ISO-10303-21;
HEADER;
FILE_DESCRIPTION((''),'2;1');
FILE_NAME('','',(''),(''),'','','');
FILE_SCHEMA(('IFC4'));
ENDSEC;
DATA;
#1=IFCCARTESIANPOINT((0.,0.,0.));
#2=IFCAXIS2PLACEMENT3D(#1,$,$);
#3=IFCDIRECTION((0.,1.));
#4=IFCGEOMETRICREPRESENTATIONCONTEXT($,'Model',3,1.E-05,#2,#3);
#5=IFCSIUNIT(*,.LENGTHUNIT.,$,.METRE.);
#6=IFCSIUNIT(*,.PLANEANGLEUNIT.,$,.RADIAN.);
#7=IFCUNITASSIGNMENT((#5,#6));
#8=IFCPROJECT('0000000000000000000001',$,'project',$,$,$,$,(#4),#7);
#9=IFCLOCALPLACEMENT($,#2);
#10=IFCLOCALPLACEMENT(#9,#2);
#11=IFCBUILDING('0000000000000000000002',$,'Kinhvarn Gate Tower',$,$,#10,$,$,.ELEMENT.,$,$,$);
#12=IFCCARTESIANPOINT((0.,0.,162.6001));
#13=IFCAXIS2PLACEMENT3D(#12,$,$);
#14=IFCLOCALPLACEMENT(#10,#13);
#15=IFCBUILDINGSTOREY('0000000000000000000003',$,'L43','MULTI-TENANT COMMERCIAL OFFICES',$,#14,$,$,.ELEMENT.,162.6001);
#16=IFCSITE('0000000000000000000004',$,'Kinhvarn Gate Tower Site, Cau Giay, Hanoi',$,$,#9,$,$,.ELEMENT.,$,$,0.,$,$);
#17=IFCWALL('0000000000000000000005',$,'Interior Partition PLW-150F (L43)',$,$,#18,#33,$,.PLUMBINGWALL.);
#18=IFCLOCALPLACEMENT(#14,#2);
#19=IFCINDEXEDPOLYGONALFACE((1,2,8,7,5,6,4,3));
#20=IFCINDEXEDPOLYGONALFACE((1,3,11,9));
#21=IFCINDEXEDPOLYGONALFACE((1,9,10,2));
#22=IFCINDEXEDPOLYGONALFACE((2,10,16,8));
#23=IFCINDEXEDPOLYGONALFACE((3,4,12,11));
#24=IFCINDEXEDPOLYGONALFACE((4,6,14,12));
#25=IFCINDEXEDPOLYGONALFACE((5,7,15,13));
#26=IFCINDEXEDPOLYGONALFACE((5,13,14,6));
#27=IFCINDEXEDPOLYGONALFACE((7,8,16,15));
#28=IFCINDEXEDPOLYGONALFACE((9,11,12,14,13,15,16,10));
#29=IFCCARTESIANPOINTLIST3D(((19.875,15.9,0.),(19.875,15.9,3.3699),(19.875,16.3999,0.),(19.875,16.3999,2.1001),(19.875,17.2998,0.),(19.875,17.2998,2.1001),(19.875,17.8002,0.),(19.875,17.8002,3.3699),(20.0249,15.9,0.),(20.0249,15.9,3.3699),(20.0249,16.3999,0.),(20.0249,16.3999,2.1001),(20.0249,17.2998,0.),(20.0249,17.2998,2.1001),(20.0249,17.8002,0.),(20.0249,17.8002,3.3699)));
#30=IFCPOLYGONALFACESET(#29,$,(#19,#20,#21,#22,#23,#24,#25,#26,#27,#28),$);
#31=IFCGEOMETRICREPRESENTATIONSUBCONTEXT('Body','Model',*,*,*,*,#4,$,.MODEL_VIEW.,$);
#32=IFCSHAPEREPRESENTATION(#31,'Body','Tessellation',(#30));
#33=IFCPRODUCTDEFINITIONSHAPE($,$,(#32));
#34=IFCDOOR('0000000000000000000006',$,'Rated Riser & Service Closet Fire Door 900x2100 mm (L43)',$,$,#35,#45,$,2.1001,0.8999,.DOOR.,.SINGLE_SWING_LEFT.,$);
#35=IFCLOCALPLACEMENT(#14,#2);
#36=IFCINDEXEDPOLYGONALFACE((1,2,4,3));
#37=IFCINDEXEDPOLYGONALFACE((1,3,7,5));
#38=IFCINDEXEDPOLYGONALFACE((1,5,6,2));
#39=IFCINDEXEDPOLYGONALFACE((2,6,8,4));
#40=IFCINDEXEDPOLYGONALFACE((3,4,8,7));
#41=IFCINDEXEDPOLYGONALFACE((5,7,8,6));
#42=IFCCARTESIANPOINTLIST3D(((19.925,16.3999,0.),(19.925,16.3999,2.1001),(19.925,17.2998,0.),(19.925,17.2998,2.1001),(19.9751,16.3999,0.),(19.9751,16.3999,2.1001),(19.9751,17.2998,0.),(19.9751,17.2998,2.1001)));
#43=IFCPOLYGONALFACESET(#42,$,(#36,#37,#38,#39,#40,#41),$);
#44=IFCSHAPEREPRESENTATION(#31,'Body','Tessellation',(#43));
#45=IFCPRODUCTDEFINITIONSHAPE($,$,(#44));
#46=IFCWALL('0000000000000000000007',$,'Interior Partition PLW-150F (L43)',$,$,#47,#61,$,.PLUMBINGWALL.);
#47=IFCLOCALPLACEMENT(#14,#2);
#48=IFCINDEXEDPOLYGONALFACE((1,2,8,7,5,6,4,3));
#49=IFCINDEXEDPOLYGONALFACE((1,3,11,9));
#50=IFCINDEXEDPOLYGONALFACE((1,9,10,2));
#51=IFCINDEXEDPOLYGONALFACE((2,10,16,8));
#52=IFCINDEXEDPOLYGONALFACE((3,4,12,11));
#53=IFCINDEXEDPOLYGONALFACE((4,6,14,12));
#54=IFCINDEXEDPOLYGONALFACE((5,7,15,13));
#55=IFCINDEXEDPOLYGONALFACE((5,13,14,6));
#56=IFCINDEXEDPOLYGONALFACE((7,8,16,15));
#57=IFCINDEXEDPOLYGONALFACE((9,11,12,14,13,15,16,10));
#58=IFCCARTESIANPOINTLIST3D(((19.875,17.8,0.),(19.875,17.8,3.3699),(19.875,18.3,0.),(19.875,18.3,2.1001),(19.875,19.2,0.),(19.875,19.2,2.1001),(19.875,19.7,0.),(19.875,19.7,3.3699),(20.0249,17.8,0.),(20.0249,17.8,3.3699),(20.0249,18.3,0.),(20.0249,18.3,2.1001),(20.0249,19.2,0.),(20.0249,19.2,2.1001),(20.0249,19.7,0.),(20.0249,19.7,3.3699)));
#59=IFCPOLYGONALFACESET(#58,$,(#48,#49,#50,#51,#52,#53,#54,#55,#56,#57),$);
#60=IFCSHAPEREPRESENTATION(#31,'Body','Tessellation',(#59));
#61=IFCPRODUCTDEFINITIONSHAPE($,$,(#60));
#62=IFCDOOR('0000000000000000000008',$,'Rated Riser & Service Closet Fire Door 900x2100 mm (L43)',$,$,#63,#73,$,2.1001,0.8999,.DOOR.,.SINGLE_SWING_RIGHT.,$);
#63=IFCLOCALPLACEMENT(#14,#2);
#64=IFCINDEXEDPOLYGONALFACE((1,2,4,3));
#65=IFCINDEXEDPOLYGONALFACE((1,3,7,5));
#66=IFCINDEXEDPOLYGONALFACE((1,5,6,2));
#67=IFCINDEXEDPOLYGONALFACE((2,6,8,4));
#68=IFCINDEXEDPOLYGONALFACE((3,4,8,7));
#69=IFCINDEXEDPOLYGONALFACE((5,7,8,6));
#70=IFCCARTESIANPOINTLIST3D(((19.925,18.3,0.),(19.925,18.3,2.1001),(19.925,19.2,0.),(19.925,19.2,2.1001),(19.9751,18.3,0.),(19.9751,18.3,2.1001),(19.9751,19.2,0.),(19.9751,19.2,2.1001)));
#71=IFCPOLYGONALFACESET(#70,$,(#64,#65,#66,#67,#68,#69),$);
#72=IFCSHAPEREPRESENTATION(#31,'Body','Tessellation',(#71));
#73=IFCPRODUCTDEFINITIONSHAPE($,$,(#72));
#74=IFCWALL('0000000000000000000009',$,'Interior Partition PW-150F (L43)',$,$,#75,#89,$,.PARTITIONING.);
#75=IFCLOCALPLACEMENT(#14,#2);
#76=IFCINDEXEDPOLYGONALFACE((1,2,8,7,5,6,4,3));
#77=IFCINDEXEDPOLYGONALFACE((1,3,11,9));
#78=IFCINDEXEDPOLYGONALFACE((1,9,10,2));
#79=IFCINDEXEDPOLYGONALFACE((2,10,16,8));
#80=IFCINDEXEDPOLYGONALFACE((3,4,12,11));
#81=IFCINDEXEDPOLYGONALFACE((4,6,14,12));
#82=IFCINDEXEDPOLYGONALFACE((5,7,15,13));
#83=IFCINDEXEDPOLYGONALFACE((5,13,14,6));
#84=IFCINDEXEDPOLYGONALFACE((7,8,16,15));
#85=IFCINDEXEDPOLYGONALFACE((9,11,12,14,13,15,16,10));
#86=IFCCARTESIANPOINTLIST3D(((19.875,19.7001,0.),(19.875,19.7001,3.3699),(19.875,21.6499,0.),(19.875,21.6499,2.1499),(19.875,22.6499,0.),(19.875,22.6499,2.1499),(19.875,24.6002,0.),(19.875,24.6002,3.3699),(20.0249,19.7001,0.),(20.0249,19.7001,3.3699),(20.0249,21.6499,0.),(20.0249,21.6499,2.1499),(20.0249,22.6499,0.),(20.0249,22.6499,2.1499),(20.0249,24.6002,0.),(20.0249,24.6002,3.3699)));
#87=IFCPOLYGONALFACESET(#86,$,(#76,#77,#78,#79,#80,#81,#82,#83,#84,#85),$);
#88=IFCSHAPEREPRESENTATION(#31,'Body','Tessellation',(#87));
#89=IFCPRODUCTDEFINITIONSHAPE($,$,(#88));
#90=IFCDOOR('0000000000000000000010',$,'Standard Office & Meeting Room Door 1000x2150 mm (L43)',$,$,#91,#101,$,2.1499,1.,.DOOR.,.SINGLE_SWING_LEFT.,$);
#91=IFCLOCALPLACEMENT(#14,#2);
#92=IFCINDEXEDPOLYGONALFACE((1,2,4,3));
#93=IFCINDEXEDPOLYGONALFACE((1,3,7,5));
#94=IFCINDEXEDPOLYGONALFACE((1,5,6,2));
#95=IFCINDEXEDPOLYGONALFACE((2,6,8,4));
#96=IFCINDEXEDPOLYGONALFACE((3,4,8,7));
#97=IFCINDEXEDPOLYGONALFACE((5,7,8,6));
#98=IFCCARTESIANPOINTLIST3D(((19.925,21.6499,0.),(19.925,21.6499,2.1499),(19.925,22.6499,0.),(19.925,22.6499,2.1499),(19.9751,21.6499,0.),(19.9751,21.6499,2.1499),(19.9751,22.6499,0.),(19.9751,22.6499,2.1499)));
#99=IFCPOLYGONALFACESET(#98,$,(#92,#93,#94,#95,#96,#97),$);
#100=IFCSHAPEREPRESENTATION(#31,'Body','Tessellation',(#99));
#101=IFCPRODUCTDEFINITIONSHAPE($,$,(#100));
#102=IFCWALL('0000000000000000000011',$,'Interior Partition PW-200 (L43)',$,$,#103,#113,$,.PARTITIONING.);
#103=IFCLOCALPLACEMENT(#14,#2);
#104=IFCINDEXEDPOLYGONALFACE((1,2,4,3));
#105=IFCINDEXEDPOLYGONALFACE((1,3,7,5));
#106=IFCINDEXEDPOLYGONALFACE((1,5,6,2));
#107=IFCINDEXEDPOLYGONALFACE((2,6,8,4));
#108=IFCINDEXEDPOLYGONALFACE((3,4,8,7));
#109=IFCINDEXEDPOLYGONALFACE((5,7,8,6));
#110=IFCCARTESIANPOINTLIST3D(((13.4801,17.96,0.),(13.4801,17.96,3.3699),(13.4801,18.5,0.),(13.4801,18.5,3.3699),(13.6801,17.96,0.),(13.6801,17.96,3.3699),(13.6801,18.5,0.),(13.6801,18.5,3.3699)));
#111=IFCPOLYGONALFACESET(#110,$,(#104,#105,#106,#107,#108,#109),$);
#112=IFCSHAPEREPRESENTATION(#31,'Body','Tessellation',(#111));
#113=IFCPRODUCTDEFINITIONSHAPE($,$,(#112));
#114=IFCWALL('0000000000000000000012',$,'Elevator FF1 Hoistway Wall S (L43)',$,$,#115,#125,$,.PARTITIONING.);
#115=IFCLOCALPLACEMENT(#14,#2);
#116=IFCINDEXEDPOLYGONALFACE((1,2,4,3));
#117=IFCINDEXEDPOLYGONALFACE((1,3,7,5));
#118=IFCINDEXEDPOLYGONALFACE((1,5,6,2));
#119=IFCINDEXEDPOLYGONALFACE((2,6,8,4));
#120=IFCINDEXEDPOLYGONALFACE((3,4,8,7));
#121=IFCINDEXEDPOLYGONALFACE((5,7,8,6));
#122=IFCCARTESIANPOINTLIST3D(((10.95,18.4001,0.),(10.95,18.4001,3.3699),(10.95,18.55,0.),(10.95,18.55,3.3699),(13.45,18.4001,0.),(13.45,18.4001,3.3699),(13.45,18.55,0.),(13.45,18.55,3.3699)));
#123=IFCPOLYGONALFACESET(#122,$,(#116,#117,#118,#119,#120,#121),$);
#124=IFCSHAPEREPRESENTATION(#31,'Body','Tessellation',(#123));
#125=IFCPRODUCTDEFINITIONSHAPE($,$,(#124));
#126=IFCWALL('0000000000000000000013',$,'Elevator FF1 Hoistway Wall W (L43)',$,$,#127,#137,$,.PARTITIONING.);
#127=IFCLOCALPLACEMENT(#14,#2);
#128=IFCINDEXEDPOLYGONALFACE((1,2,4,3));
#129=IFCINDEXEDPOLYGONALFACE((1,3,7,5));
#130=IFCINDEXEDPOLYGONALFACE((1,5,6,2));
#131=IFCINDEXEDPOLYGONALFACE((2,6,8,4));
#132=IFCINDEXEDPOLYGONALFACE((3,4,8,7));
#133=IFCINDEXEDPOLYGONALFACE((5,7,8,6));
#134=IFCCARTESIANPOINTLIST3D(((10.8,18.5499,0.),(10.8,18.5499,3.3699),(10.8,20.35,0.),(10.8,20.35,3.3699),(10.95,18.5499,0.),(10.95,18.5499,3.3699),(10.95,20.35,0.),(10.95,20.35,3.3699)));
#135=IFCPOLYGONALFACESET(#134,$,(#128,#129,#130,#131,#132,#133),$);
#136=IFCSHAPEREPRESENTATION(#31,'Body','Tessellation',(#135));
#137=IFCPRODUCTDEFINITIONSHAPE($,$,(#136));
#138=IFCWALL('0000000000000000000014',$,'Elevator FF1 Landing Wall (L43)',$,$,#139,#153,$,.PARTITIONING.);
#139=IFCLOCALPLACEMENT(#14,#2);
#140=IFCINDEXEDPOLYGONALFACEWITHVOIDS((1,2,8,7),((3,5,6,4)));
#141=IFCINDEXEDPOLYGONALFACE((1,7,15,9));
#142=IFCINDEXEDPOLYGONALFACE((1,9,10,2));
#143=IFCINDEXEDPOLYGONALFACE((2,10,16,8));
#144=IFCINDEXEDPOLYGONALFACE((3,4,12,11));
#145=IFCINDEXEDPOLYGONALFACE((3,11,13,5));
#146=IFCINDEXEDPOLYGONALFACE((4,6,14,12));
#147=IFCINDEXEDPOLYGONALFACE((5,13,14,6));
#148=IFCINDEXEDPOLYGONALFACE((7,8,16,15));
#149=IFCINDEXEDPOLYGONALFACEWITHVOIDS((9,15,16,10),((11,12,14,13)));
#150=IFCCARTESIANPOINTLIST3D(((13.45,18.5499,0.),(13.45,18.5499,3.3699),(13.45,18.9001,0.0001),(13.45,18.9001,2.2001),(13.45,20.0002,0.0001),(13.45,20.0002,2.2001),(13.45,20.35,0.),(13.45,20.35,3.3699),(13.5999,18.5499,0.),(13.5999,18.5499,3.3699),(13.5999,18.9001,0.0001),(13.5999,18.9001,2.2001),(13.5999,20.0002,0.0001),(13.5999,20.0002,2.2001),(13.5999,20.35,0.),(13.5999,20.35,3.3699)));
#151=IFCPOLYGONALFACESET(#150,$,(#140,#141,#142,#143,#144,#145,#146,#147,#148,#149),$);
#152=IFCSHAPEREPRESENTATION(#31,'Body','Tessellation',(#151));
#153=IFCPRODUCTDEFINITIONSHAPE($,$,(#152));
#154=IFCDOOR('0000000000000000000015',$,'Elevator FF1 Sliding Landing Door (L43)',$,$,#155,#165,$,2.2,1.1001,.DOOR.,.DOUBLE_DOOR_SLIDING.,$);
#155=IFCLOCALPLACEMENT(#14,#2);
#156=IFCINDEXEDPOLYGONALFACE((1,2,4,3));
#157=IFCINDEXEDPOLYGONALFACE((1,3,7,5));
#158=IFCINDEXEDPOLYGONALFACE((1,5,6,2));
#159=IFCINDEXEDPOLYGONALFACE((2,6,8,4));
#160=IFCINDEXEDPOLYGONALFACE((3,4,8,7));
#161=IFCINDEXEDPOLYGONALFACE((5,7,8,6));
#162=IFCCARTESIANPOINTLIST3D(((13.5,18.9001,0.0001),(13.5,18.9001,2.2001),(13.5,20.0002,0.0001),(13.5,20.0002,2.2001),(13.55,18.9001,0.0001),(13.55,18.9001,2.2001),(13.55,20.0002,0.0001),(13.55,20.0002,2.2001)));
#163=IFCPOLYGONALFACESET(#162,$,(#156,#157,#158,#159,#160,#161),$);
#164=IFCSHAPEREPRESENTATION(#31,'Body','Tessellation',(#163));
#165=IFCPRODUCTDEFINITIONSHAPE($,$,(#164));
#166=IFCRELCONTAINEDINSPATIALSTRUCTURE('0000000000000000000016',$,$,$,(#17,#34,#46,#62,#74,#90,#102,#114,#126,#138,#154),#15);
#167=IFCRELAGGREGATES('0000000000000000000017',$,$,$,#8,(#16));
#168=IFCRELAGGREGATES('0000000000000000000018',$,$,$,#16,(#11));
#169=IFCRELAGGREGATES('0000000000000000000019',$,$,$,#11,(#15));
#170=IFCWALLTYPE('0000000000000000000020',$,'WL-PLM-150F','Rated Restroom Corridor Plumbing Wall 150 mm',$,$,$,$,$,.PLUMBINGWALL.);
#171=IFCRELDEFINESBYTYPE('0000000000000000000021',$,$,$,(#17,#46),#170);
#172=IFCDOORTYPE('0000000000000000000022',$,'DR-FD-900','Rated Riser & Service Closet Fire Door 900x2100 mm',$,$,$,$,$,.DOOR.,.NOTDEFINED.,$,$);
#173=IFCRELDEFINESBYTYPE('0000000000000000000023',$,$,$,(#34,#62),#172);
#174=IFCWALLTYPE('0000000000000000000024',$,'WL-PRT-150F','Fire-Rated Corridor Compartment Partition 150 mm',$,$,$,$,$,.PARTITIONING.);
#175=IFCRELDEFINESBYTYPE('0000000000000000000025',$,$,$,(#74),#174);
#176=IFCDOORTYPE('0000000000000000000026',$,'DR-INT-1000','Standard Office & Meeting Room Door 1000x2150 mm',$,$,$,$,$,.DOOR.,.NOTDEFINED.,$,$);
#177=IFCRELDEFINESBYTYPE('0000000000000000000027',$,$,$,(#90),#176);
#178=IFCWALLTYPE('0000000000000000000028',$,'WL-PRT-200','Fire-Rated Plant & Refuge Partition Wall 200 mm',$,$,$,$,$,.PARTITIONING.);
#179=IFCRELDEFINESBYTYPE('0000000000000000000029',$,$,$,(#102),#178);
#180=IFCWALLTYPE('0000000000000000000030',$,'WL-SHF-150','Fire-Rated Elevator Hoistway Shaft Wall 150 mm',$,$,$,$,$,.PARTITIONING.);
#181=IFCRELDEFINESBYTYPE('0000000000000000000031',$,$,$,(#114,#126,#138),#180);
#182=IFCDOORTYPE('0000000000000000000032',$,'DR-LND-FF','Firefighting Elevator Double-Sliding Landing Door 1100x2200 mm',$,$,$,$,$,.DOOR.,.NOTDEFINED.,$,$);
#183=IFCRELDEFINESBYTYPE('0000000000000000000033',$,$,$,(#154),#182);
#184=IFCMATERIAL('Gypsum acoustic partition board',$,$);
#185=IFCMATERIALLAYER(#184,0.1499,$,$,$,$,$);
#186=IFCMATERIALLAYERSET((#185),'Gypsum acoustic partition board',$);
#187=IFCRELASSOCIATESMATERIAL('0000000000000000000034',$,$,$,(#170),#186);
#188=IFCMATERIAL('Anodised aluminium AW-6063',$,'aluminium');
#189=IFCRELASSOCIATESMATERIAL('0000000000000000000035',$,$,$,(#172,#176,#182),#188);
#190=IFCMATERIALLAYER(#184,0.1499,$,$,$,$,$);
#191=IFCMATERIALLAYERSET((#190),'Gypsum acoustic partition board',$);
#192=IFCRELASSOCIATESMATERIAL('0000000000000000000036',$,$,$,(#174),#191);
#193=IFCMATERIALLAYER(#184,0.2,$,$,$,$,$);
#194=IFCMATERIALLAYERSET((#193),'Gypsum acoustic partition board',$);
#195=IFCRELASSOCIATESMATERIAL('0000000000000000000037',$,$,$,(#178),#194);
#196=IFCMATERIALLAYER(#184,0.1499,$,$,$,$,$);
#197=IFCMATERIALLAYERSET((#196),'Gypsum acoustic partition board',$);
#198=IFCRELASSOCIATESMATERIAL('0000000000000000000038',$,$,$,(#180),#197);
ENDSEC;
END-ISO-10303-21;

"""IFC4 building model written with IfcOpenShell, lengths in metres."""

from ifc_helpers import new_model, si_unit, direction, frame, frame_2d, origin, place, context, subcontext, project, spatial, rectangle, extrude, material, layer, layer_set, type_object, element, fill, save


model = new_model("IFC4")

# Units and contexts
model_context = context("Model", 3, precision=1e-05, world=origin(), true_north=direction((0.0, 1.0)))
body_context = subcontext(model_context, "Body", "Model", "MODEL_VIEW")
ifc_project = project(units=[si_unit("LENGTHUNIT", "METRE"), si_unit("PLANEANGLEUNIT", "RADIAN")], contexts=[model_context])

# Site, building, storey
site_placement = place(None, origin())
site = spatial("IfcSite", under=ifc_project, at=site_placement, Name="Kinhvarn Gate Tower Site, Cau Giay, Hanoi", CompositionType="ELEMENT", RefElevation=0.0)
building_placement = place(site_placement, origin())
building = spatial("IfcBuilding", under=site, at=building_placement, Name="Kinhvarn Gate Tower", CompositionType="ELEMENT")
storey_placement = place(building_placement, frame((0.0, 0.0, 162.6001)))
storey = spatial("IfcBuildingStorey", under=building, at=storey_placement, Name="L43", Description="MULTI-TENANT COMMERCIAL OFFICES", CompositionType="ELEMENT", Elevation=162.6001)

# Shared definitions
ifc_material_1 = material(Name="Anodised aluminium AW-6063", Category="aluminium")

# Shared definitions
ifc_material_2 = material(Name="Gypsum acoustic partition board")

# Walls, openings, doors
ifc_layer_1 = layer(ifc_material_2, 0.1499)
ifc_layer_set_1 = layer_set([ifc_layer_1], Name="Gypsum acoustic partition board")
wall_type_1 = type_object("IfcWallType", Name="WL-PLM-150F", Description="Rated Restroom Corridor Plumbing Wall 150 mm", PredefinedType="PLUMBINGWALL", material=ifc_layer_set_1)
wall_1_placement = place(storey_placement, frame((19.95, 15.8999, 0.0), z_axis=(0.0, 0.0, 1.0), x_axis=(0.0, 1.0, 0.0)))
wall_1 = element("IfcWall", 1, at=wall_1_placement, inside=storey, type_object=wall_type_1, Name="Interior Partition PLW-150F (L43)", PredefinedType="PLUMBINGWALL", context=body_context, shape_type="SweptSolid", body=[
    extrude(rectangle(XDim=1.9001, YDim=0.1499, at=frame_2d((0.9502, 0.0))), origin(), (0.0, 0.0, 1.0), 3.3699),
])
opening_1_placement = place(wall_1_placement, frame((0.5, 0.0, 0.0)))
opening_1 = element("IfcOpeningElement", 2, at=opening_1_placement, cuts=wall_1, PredefinedType="OPENING", context=body_context, shape_type="SweptSolid", body=[
    extrude(rectangle(XDim=0.8999, YDim=2.1001, at=frame_2d((0.45, 1.05))), frame((0.0, 0.085, 0.0), z_axis=(0.0, -1.0, 0.0), x_axis=(1.0, 0.0, 0.0)), (0.0, 0.0, 1.0), 0.1699),
])
door_type_1 = type_object("IfcDoorType", Name="DR-FD-900", Description="Rated Riser & Service Closet Fire Door 900x2100 mm", OperationType="NOTDEFINED", PredefinedType="DOOR", material=ifc_material_1)
door_1_placement = place(opening_1_placement, origin())
door_1 = element("IfcDoor", 3, at=door_1_placement, inside=storey, type_object=door_type_1, Name="Rated Riser & Service Closet Fire Door 900x2100 mm (L43)", OperationType="SINGLE_SWING_LEFT", OverallHeight=2.1001, OverallWidth=0.8999, PredefinedType="DOOR", context=body_context, shape_type="SweptSolid", body=[
    extrude(rectangle(XDim=0.8999, YDim=2.1001, at=frame_2d((0.45, 1.05))), frame((0.0, 0.0249, 0.0), z_axis=(0.0, -1.0, 0.0), x_axis=(1.0, 0.0, 0.0)), (0.0, 0.0, 1.0), 0.05),
])
fill(opening_1, door_1)
wall_2_placement = place(storey_placement, frame((19.95, 17.8, 0.0), z_axis=(0.0, 0.0, 1.0), x_axis=(0.0, 1.0, 0.0)))
wall_2 = element("IfcWall", 4, at=wall_2_placement, inside=storey, type_object=wall_type_1, Name="Interior Partition PLW-150F (L43)", PredefinedType="PLUMBINGWALL", context=body_context, shape_type="SweptSolid", body=[
    extrude(rectangle(XDim=1.8999, YDim=0.1499, at=frame_2d((0.95, 0.0))), origin(), (0.0, 0.0, 1.0), 3.3699),
])
opening_2_placement = place(wall_2_placement, frame((0.5, 0.0, 0.0)))
opening_2 = element("IfcOpeningElement", 5, at=opening_2_placement, cuts=wall_2, PredefinedType="OPENING", context=body_context, shape_type="SweptSolid", body=[
    extrude(rectangle(XDim=0.8999, YDim=2.1001, at=frame_2d((0.45, 1.05))), frame((0.0, 0.085, 0.0), z_axis=(0.0, -1.0, 0.0), x_axis=(1.0, 0.0, 0.0)), (0.0, 0.0, 1.0), 0.1699),
])
door_2_placement = place(opening_2_placement, origin())
door_2 = element("IfcDoor", 6, at=door_2_placement, inside=storey, type_object=door_type_1, Name="Rated Riser & Service Closet Fire Door 900x2100 mm (L43)", OperationType="SINGLE_SWING_RIGHT", OverallHeight=2.1001, OverallWidth=0.8999, PredefinedType="DOOR", context=body_context, shape_type="SweptSolid", body=[
    extrude(rectangle(XDim=0.8999, YDim=2.1001, at=frame_2d((0.45, 1.05))), frame((0.0, 0.0249, 0.0), z_axis=(0.0, -1.0, 0.0), x_axis=(1.0, 0.0, 0.0)), (0.0, 0.0, 1.0), 0.05),
])
fill(opening_2, door_2)
ifc_layer_2 = layer(ifc_material_2, 0.1499)
ifc_layer_set_2 = layer_set([ifc_layer_2], Name="Gypsum acoustic partition board")
wall_type_2 = type_object("IfcWallType", Name="WL-PRT-150F", Description="Fire-Rated Corridor Compartment Partition 150 mm", PredefinedType="PARTITIONING", material=ifc_layer_set_2)
wall_3_placement = place(storey_placement, frame((19.95, 19.7, 0.0), z_axis=(0.0, 0.0, 1.0), x_axis=(0.0, 1.0, 0.0)))
wall_3 = element("IfcWall", 7, at=wall_3_placement, inside=storey, type_object=wall_type_2, Name="Interior Partition PW-150F (L43)", PredefinedType="PARTITIONING", context=body_context, shape_type="SweptSolid", body=[
    extrude(rectangle(XDim=4.9001, YDim=0.1499, at=frame_2d((2.4502, 0.0))), origin(), (0.0, 0.0, 1.0), 3.3699),
])
opening_3_placement = place(wall_3_placement, frame((1.95, 0.0, 0.0)))
opening_3 = element("IfcOpeningElement", 8, at=opening_3_placement, cuts=wall_3, PredefinedType="OPENING", context=body_context, shape_type="SweptSolid", body=[
    extrude(rectangle(XDim=1.0, YDim=2.1499, at=frame_2d((0.5, 1.075))), frame((0.0, 0.085, 0.0), z_axis=(0.0, -1.0, 0.0), x_axis=(1.0, 0.0, 0.0)), (0.0, 0.0, 1.0), 0.1699),
])
door_type_2 = type_object("IfcDoorType", Name="DR-INT-1000", Description="Standard Office & Meeting Room Door 1000x2150 mm", OperationType="NOTDEFINED", PredefinedType="DOOR", material=ifc_material_1)
door_3_placement = place(opening_3_placement, origin())
door_3 = element("IfcDoor", 9, at=door_3_placement, inside=storey, type_object=door_type_2, Name="Standard Office & Meeting Room Door 1000x2150 mm (L43)", OperationType="SINGLE_SWING_LEFT", OverallHeight=2.1499, OverallWidth=1.0, PredefinedType="DOOR", context=body_context, shape_type="SweptSolid", body=[
    extrude(rectangle(XDim=1.0, YDim=2.1499, at=frame_2d((0.5, 1.075))), frame((0.0, 0.0249, 0.0), z_axis=(0.0, -1.0, 0.0), x_axis=(1.0, 0.0, 0.0)), (0.0, 0.0, 1.0), 0.05),
])
fill(opening_3, door_3)

# Walls
ifc_layer_3 = layer(ifc_material_2, 0.2)
ifc_layer_set_3 = layer_set([ifc_layer_3], Name="Gypsum acoustic partition board")
wall_type_3 = type_object("IfcWallType", Name="WL-PRT-200", Description="Fire-Rated Plant & Refuge Partition Wall 200 mm", PredefinedType="PARTITIONING", material=ifc_layer_set_3)
wall_4_placement = place(storey_placement, frame((13.5801, 17.96, 0.0), z_axis=(0.0, 0.0, 1.0), x_axis=(0.0, 1.0, 0.0)))
element("IfcWall", 10, at=wall_4_placement, inside=storey, type_object=wall_type_3, Name="Interior Partition PW-200 (L43)", PredefinedType="PARTITIONING", context=body_context, shape_type="SweptSolid", body=[
    extrude(rectangle(XDim=0.54, YDim=0.2, at=frame_2d((0.27, 0.0))), origin(), (0.0, 0.0, 1.0), 3.3699),
])
ifc_layer_4 = layer(ifc_material_2, 0.1499)
ifc_layer_set_4 = layer_set([ifc_layer_4], Name="Gypsum acoustic partition board")
wall_type_4 = type_object("IfcWallType", Name="WL-SHF-150", Description="Fire-Rated Elevator Hoistway Shaft Wall 150 mm", PredefinedType="PARTITIONING", material=ifc_layer_set_4)
wall_5_placement = place(storey_placement, frame((10.95, 18.4751, 0.0), z_axis=(0.0, 0.0, 1.0), x_axis=(1.0, 0.0, 0.0)))
element("IfcWall", 11, at=wall_5_placement, inside=storey, type_object=wall_type_4, Name="Elevator FF1 Hoistway Wall S (L43)", PredefinedType="PARTITIONING", context=body_context, shape_type="SweptSolid", body=[
    extrude(rectangle(XDim=2.5, YDim=0.1499, at=frame_2d((1.25, 0.0))), origin(), (0.0, 0.0, 1.0), 3.3699),
])
wall_6_placement = place(storey_placement, frame((10.875, 18.55, 0.0), z_axis=(0.0, 0.0, 1.0), x_axis=(0.0, 1.0, 0.0)))
element("IfcWall", 12, at=wall_6_placement, inside=storey, type_object=wall_type_4, Name="Elevator FF1 Hoistway Wall W (L43)", PredefinedType="PARTITIONING", context=body_context, shape_type="SweptSolid", body=[
    extrude(rectangle(XDim=1.8, YDim=0.1499, at=frame_2d((0.8999, 0.0))), origin(), (0.0, 0.0, 1.0), 3.3699),
])

# Wall, opening, door
wall_7_placement = place(storey_placement, frame((13.5249, 18.55, 0.0), z_axis=(0.0, 0.0, 1.0), x_axis=(0.0, 1.0, 0.0)))
wall_7 = element("IfcWall", 13, at=wall_7_placement, inside=storey, type_object=wall_type_4, Name="Elevator FF1 Landing Wall (L43)", PredefinedType="PARTITIONING", context=body_context, shape_type="SweptSolid", body=[
    extrude(rectangle(XDim=1.8, YDim=0.1499, at=frame_2d((0.8999, 0.0))), origin(), (0.0, 0.0, 1.0), 3.3699),
])
opening_4_placement = place(wall_7_placement, frame((0.3501, 0.0, 0.0)))
opening_4 = element("IfcOpeningElement", 14, at=opening_4_placement, cuts=wall_7, PredefinedType="OPENING", context=body_context, shape_type="SweptSolid", body=[
    extrude(rectangle(XDim=1.1001, YDim=2.2, at=frame_2d((0.55, 1.1001))), frame((0.0, 0.085, 0.0), z_axis=(0.0, -1.0, 0.0), x_axis=(1.0, 0.0, 0.0)), (0.0, 0.0, 1.0), 0.1699),
])
door_type_3 = type_object("IfcDoorType", Name="DR-LND-FF", Description="Firefighting Elevator Double-Sliding Landing Door 1100x2200 mm", OperationType="NOTDEFINED", PredefinedType="DOOR", material=ifc_material_1)
door_4_placement = place(opening_4_placement, origin())
door_4 = element("IfcDoor", 15, at=door_4_placement, inside=storey, type_object=door_type_3, Name="Elevator FF1 Sliding Landing Door (L43)", OperationType="DOUBLE_DOOR_SLIDING", OverallHeight=2.2, OverallWidth=1.1001, PredefinedType="DOOR", context=body_context, shape_type="SweptSolid", body=[
    extrude(rectangle(XDim=1.1001, YDim=2.2, at=frame_2d((0.55, 1.1001))), frame((0.0, 0.0249, 0.0), z_axis=(0.0, -1.0, 0.0), x_axis=(1.0, 0.0, 0.0)), (0.0, 0.0, 1.0), 0.05),
])
fill(opening_4, door_4)

save(model, "model.ifc")
